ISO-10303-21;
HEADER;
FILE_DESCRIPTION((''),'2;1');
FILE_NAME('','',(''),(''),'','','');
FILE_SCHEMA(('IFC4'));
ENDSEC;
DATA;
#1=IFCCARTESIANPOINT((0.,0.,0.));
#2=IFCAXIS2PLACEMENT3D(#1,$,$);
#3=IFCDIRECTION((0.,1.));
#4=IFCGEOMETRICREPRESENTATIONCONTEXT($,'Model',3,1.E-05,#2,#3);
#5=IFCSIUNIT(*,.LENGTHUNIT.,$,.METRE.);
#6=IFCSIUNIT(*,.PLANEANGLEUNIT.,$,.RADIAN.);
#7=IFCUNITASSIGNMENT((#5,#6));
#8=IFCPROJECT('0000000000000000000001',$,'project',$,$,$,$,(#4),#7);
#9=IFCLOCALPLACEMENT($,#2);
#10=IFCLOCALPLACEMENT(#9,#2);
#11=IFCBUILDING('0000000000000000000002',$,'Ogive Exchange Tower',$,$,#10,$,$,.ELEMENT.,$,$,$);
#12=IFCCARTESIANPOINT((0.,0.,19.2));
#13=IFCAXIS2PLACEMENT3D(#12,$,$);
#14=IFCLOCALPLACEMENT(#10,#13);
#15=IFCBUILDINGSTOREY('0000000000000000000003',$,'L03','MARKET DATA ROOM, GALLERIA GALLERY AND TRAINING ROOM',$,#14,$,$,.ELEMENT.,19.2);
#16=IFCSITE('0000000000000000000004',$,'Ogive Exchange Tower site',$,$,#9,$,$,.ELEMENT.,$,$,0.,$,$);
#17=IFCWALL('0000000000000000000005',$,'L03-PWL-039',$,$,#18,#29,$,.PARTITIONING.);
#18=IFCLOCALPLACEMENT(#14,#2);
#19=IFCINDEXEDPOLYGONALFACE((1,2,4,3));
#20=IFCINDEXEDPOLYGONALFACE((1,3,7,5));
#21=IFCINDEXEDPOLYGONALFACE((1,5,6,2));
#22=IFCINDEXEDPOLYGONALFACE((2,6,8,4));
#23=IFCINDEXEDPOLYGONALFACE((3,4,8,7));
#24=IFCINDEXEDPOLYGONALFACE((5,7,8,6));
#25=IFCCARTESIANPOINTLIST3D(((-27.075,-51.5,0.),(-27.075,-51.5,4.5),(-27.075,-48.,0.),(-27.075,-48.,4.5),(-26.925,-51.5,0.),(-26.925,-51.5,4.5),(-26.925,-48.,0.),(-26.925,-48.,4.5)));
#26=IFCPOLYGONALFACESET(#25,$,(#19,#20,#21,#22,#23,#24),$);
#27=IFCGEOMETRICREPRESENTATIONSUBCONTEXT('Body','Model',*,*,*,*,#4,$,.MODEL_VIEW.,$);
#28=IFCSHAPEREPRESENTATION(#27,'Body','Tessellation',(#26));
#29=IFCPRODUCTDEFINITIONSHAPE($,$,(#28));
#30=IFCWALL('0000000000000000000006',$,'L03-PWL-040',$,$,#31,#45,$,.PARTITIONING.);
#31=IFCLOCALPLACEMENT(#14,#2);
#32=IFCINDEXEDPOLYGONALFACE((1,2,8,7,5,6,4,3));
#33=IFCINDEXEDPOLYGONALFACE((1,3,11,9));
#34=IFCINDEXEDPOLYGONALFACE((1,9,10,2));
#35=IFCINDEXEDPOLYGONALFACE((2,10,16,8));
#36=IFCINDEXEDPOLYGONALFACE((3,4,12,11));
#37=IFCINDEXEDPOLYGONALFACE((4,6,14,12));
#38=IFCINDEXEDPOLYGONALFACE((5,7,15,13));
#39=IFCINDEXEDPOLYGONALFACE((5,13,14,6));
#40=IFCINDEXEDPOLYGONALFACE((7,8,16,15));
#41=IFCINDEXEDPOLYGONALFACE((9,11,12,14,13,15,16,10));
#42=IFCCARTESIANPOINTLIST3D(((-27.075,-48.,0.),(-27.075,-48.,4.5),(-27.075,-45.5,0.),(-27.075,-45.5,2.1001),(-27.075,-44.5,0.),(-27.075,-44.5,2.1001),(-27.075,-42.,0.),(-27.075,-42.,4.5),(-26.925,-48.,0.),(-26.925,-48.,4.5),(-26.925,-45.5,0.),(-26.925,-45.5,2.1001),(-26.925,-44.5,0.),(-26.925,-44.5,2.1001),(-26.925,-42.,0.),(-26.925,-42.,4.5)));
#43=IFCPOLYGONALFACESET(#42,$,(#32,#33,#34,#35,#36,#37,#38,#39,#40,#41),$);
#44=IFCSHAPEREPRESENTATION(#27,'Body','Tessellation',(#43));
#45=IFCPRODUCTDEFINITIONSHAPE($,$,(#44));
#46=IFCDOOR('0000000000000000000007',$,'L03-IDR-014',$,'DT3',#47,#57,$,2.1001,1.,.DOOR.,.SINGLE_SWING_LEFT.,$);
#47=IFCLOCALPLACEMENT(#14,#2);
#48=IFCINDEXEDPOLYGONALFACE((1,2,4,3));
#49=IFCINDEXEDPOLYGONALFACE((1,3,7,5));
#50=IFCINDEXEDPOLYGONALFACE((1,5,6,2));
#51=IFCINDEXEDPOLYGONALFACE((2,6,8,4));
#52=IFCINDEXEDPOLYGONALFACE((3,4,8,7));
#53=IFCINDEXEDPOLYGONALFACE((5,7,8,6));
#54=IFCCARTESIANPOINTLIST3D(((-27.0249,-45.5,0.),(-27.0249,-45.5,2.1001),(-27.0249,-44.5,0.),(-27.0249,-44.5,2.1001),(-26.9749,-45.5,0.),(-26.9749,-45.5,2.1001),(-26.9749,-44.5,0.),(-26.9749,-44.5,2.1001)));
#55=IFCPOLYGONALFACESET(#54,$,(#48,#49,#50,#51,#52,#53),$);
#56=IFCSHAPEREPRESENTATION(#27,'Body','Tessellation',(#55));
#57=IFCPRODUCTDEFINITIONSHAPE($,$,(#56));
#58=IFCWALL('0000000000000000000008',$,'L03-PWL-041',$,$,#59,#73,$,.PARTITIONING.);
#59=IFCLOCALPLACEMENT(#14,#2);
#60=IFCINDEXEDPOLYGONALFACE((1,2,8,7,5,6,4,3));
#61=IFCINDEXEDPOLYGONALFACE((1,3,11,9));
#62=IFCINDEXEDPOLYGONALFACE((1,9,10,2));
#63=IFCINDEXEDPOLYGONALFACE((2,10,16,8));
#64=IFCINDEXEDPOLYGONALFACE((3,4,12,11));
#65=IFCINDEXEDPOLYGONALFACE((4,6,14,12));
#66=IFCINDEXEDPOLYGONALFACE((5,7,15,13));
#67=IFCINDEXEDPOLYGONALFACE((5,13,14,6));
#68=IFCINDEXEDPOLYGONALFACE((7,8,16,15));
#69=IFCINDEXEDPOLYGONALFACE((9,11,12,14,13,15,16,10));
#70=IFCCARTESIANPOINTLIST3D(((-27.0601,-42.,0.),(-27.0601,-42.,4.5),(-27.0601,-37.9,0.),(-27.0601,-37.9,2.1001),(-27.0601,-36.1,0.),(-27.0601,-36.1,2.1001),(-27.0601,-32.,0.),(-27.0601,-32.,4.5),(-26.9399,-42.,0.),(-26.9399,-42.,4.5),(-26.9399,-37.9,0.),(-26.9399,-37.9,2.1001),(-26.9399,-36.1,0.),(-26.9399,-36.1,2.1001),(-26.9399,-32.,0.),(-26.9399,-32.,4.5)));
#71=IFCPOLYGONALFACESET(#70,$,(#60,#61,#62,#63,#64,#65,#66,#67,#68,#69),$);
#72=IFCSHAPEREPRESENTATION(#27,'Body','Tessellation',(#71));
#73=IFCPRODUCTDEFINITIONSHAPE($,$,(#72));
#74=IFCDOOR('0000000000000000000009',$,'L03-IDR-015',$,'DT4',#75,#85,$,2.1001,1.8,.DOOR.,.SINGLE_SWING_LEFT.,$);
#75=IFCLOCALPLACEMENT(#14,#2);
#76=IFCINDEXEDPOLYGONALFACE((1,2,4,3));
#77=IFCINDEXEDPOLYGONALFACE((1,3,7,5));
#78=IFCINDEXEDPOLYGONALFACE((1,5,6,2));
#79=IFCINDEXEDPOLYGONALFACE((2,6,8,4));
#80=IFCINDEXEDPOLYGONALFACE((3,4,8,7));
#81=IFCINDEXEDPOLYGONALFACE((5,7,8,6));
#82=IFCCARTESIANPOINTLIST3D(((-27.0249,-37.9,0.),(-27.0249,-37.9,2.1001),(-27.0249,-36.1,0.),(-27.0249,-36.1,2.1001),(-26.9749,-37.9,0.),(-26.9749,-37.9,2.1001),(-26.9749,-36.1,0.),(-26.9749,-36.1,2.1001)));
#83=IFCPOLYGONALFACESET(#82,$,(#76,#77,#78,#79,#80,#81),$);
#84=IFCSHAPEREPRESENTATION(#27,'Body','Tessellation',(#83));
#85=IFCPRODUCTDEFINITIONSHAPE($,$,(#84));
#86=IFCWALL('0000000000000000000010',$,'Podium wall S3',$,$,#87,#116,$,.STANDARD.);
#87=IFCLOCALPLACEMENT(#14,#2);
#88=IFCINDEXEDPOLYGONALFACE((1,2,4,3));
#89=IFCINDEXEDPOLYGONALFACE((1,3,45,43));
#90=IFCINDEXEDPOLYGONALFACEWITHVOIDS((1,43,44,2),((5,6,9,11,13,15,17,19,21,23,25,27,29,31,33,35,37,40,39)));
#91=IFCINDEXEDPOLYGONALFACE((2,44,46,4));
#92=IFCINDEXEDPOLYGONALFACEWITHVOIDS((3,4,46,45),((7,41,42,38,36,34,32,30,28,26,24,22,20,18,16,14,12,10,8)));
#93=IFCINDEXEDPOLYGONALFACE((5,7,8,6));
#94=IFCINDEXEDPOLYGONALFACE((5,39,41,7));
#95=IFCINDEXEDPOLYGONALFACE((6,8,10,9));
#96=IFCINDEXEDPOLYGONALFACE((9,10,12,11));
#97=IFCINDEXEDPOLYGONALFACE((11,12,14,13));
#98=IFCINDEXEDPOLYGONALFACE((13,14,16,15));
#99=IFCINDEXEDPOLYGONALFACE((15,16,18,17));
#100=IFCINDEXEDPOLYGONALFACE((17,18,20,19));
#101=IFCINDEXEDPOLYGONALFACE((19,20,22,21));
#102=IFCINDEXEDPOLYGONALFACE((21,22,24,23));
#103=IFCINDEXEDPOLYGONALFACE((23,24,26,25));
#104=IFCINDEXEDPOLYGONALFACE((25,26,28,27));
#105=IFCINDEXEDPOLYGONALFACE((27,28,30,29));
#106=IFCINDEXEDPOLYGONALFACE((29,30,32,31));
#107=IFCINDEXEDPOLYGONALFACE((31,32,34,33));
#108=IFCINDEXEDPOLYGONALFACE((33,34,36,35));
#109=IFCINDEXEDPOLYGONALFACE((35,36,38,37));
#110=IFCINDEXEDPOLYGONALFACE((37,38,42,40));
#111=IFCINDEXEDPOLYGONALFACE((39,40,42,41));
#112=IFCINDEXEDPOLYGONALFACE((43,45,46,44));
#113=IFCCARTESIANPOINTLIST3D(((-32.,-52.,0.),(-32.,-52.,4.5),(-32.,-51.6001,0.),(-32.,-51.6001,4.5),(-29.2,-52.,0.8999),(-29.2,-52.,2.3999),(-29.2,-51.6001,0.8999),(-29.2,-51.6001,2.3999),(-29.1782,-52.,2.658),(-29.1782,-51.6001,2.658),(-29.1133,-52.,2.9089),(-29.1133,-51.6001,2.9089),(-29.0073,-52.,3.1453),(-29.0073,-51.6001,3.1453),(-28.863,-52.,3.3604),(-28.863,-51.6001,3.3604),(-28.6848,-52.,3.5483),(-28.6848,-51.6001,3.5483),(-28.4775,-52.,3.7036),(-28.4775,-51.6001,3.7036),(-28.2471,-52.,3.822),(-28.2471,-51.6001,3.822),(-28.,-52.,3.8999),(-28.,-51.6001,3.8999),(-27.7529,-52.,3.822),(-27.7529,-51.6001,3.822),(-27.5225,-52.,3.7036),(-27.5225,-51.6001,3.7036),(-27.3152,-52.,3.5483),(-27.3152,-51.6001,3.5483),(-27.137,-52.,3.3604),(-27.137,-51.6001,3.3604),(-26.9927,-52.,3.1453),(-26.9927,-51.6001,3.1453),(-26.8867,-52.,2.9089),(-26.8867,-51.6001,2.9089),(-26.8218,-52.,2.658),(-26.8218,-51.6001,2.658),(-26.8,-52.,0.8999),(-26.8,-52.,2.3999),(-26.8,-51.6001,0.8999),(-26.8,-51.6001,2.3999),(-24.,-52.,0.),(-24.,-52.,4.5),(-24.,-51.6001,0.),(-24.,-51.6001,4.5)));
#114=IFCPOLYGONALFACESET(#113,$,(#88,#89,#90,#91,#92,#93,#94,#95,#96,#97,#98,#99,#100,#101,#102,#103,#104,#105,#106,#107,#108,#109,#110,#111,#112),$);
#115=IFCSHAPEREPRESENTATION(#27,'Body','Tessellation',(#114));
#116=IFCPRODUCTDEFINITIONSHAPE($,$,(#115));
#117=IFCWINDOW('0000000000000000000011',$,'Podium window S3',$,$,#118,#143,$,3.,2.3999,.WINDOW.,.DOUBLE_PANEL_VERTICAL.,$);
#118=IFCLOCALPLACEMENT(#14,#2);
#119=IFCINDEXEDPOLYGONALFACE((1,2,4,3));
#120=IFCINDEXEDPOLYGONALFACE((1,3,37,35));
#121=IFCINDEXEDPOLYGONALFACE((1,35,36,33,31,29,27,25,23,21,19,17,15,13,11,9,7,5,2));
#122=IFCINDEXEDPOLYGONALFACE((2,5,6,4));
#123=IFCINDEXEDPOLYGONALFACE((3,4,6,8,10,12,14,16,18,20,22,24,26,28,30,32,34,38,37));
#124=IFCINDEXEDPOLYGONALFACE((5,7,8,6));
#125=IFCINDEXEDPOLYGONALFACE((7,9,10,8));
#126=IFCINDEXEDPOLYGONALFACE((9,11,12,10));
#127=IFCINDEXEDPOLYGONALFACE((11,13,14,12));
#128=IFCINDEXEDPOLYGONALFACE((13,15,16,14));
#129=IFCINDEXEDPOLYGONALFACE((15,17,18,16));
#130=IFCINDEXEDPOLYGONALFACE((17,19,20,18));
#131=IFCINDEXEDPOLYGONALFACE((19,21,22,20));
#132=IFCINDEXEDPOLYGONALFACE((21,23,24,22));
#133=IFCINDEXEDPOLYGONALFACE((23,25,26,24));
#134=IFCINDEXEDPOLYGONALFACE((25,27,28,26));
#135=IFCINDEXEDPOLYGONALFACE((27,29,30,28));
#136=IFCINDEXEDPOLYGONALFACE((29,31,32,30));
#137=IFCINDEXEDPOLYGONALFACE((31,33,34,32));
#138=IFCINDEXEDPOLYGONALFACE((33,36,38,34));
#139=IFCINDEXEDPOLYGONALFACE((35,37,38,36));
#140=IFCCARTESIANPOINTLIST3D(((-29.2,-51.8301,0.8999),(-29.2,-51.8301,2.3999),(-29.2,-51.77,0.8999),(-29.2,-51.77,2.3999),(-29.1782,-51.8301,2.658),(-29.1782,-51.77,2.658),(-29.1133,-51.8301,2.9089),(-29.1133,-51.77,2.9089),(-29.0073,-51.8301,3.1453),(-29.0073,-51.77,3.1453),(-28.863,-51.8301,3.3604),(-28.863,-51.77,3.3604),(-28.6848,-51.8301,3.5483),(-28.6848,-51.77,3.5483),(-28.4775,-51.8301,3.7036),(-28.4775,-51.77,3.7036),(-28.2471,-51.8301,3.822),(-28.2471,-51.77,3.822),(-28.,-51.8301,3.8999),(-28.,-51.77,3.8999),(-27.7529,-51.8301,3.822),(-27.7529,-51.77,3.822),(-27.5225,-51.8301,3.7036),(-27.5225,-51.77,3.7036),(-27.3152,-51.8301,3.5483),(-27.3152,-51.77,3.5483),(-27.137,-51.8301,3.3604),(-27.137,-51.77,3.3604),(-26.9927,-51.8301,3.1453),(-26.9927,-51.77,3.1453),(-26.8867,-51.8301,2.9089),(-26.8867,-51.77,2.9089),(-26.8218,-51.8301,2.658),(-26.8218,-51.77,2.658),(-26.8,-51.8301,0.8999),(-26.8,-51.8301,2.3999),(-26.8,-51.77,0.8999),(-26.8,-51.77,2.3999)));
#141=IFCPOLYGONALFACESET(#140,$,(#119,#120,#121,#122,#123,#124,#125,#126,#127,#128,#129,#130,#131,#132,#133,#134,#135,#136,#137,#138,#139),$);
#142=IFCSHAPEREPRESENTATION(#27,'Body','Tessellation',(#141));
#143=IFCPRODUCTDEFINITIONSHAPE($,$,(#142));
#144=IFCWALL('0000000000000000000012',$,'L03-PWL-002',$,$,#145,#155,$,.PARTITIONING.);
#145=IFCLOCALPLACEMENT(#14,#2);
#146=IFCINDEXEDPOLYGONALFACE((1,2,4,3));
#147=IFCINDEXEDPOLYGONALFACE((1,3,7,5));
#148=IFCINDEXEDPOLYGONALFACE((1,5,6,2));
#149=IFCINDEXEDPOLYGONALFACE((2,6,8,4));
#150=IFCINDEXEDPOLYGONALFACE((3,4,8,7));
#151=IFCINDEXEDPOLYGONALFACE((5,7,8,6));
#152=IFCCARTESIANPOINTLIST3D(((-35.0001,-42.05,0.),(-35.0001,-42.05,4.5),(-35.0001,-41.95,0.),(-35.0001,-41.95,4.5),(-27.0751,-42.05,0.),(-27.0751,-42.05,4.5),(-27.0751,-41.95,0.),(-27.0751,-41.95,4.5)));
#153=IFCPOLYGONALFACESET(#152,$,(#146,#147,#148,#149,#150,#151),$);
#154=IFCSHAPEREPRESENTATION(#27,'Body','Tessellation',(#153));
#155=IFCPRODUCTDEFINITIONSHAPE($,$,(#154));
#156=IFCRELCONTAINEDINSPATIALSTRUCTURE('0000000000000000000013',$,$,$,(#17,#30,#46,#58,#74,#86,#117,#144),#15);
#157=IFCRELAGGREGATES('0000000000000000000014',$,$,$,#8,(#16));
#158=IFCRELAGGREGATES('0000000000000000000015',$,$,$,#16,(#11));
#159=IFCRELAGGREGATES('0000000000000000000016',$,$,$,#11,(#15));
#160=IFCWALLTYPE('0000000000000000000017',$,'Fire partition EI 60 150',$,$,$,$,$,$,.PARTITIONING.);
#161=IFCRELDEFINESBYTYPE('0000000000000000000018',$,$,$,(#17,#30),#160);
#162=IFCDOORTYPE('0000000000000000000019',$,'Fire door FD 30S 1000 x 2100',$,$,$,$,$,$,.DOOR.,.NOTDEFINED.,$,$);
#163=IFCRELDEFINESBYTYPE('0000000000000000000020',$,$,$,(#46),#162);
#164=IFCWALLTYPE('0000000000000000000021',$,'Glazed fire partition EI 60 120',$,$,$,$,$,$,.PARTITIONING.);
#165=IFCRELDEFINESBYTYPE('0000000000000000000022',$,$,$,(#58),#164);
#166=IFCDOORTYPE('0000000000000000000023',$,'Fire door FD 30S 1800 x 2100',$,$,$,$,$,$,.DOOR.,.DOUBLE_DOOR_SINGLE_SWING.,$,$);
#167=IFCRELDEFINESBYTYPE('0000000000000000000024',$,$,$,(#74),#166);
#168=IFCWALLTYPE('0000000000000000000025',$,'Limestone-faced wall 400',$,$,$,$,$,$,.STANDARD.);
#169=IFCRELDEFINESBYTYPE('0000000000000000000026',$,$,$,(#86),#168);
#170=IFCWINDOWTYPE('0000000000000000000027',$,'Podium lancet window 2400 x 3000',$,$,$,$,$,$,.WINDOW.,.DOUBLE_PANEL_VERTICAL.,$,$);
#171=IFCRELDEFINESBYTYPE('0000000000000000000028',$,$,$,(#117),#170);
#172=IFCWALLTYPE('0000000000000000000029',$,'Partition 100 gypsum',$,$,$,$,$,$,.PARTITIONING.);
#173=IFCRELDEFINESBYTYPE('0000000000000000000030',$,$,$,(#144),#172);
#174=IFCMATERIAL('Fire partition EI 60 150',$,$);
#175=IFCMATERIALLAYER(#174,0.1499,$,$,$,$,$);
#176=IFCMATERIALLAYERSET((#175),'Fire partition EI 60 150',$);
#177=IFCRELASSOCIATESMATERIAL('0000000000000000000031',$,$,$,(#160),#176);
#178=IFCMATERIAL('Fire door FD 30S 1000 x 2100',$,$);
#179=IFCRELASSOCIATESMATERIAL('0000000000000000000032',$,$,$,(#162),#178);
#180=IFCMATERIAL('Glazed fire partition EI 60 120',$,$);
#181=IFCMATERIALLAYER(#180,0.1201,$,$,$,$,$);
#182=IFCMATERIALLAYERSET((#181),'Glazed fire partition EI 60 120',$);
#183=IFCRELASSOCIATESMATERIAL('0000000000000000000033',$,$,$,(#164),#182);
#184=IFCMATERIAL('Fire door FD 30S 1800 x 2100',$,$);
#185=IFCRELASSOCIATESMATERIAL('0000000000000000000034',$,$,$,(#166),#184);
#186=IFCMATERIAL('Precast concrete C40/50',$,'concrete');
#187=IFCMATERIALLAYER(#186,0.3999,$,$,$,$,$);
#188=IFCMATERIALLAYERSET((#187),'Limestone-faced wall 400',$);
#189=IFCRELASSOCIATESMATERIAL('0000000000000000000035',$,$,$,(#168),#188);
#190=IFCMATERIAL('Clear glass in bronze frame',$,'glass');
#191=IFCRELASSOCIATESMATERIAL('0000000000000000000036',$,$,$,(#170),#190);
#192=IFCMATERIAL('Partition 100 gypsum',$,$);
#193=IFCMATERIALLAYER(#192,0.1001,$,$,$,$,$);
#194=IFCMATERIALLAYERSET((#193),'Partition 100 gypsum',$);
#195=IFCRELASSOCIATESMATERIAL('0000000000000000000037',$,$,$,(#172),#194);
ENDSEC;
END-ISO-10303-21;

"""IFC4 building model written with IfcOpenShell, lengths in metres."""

from ifc_helpers import new_model, si_unit, direction, frame, frame_2d, origin, place, context, subcontext, project, spatial, polyline, rectangle, outline, extrude, material, layer, layer_set, type_object, element, fill, save


model = new_model("IFC4")

# Units and contexts
model_context = context("Model", 3, precision=1e-05, world=origin(), true_north=direction((0.0, 1.0)))
body_context = subcontext(model_context, "Body", "Model", "MODEL_VIEW")
ifc_project = project(units=[si_unit("LENGTHUNIT", "METRE"), si_unit("PLANEANGLEUNIT", "RADIAN")], contexts=[model_context])

# Site, building, storey
site_placement = place(None, origin())
site = spatial("IfcSite", under=ifc_project, at=site_placement, Name="Ogive Exchange Tower site", CompositionType="ELEMENT", RefElevation=0.0)
building_placement = place(site_placement, origin())
building = spatial("IfcBuilding", under=site, at=building_placement, Name="Ogive Exchange Tower", CompositionType="ELEMENT")
storey_placement = place(building_placement, frame((0.0, 0.0, 19.2)))
storey = spatial("IfcBuildingStorey", under=building, at=storey_placement, Name="L03", Description="MARKET DATA ROOM, GALLERIA GALLERY AND TRAINING ROOM", CompositionType="ELEMENT", Elevation=19.2)

# Wall
ifc_material_1 = material(Name="Fire partition EI 60 150")
ifc_layer_1 = layer(ifc_material_1, 0.1499)
ifc_layer_set_1 = layer_set([ifc_layer_1], Name="Fire partition EI 60 150")
wall_type_1 = type_object("IfcWallType", Name="Fire partition EI 60 150", PredefinedType="PARTITIONING", material=ifc_layer_set_1)
wall_1_placement = place(storey_placement, frame((-27.0, -51.5, 0.0), z_axis=(0.0, 0.0, 1.0), x_axis=(0.0, 1.0, 0.0)))
element("IfcWall", 1, at=wall_1_placement, inside=storey, type_object=wall_type_1, Name="L03-PWL-039", PredefinedType="PARTITIONING", context=body_context, shape_type="SweptSolid", body=[
    extrude(rectangle(XDim=3.5, YDim=0.1499, at=frame_2d((1.75, 0.0))), origin(), (0.0, 0.0, 1.0), 4.5),
])

# Walls, openings, doors
wall_2_placement = place(storey_placement, frame((-27.0, -48.0, 0.0), z_axis=(0.0, 0.0, 1.0), x_axis=(0.0, 1.0, 0.0)))
wall_2 = element("IfcWall", 2, at=wall_2_placement, inside=storey, type_object=wall_type_1, Name="L03-PWL-040", PredefinedType="PARTITIONING", context=body_context, shape_type="SweptSolid", body=[
    extrude(rectangle(XDim=6.0, YDim=0.1499, at=frame_2d((3.0, 0.0))), origin(), (0.0, 0.0, 1.0), 4.5),
])
opening_1_placement = place(wall_2_placement, frame((2.5, 0.0, 0.0)))
opening_1 = element("IfcOpeningElement", 3, at=opening_1_placement, cuts=wall_2, PredefinedType="OPENING", context=body_context, shape_type="SweptSolid", body=[
    extrude(rectangle(XDim=1.0, YDim=2.1001, at=frame_2d((0.5, 1.05))), frame((0.0, 0.085, 0.0), z_axis=(0.0, -1.0, 0.0), x_axis=(1.0, 0.0, 0.0)), (0.0, 0.0, 1.0), 0.1699),
])
ifc_material_2 = material(Name="Fire door FD 30S 1000 x 2100")
door_type_1 = type_object("IfcDoorType", Name="Fire door FD 30S 1000 x 2100", OperationType="NOTDEFINED", PredefinedType="DOOR", material=ifc_material_2)
door_1_placement = place(opening_1_placement, origin())
door_1 = element("IfcDoor", 4, at=door_1_placement, inside=storey, type_object=door_type_1, Name="L03-IDR-014", ObjectType="DT3", OperationType="SINGLE_SWING_LEFT", OverallHeight=2.1001, OverallWidth=1.0, PredefinedType="DOOR", context=body_context, shape_type="SweptSolid", body=[
    extrude(rectangle(XDim=1.0, YDim=2.1001, at=frame_2d((0.5, 1.05))), frame((0.0, 0.0249, 0.0), z_axis=(0.0, -1.0, 0.0), x_axis=(1.0, 0.0, 0.0)), (0.0, 0.0, 1.0), 0.05),
])
fill(opening_1, door_1)
ifc_material_3 = material(Name="Glazed fire partition EI 60 120")
ifc_layer_2 = layer(ifc_material_3, 0.1201)
ifc_layer_set_2 = layer_set([ifc_layer_2], Name="Glazed fire partition EI 60 120")
wall_type_2 = type_object("IfcWallType", Name="Glazed fire partition EI 60 120", PredefinedType="PARTITIONING", material=ifc_layer_set_2)
wall_3_placement = place(storey_placement, frame((-27.0, -42.0, 0.0), z_axis=(0.0, 0.0, 1.0), x_axis=(0.0, 1.0, 0.0)))
wall_3 = element("IfcWall", 5, at=wall_3_placement, inside=storey, type_object=wall_type_2, Name="L03-PWL-041", PredefinedType="PARTITIONING", context=body_context, shape_type="SweptSolid", body=[
    extrude(rectangle(XDim=10.0, YDim=0.1201, at=frame_2d((5.0, 0.0))), origin(), (0.0, 0.0, 1.0), 4.5),
])
opening_2_placement = place(wall_3_placement, frame((4.1001, 0.0, 0.0)))
opening_2 = element("IfcOpeningElement", 6, at=opening_2_placement, cuts=wall_3, PredefinedType="OPENING", context=body_context, shape_type="SweptSolid", body=[
    extrude(rectangle(XDim=1.8, YDim=2.1001, at=frame_2d((0.8999, 1.05))), frame((0.0, 0.0701, 0.0), z_axis=(0.0, -1.0, 0.0), x_axis=(1.0, 0.0, 0.0)), (0.0, 0.0, 1.0), 0.1401),
])
ifc_material_4 = material(Name="Fire door FD 30S 1800 x 2100")
door_type_2 = type_object("IfcDoorType", Name="Fire door FD 30S 1800 x 2100", OperationType="DOUBLE_DOOR_SINGLE_SWING", PredefinedType="DOOR", material=ifc_material_4)
door_2_placement = place(opening_2_placement, origin())
door_2 = element("IfcDoor", 7, at=door_2_placement, inside=storey, type_object=door_type_2, Name="L03-IDR-015", ObjectType="DT4", OperationType="SINGLE_SWING_LEFT", OverallHeight=2.1001, OverallWidth=1.8, PredefinedType="DOOR", context=body_context, shape_type="SweptSolid", body=[
    extrude(rectangle(XDim=1.8, YDim=2.1001, at=frame_2d((0.8999, 1.05))), frame((0.0, 0.0249, 0.0), z_axis=(0.0, -1.0, 0.0), x_axis=(1.0, 0.0, 0.0)), (0.0, 0.0, 1.0), 0.05),
])
fill(opening_2, door_2)

# Wall, opening, window
ifc_material_5 = material(Name="Precast concrete C40/50", Category="concrete")
ifc_layer_3 = layer(ifc_material_5, 0.3999)
ifc_layer_set_3 = layer_set([ifc_layer_3], Name="Limestone-faced wall 400")
wall_type_3 = type_object("IfcWallType", Name="Limestone-faced wall 400", PredefinedType="STANDARD", material=ifc_layer_set_3)
wall_4_placement = place(storey_placement, frame((-32.0, -51.8, 0.0), z_axis=(0.0, 0.0, 1.0), x_axis=(1.0, 0.0, 0.0)))
wall_4 = element("IfcWall", 8, at=wall_4_placement, inside=storey, type_object=wall_type_3, Name="Podium wall S3", PredefinedType="STANDARD", context=body_context, shape_type="SweptSolid", body=[
    extrude(rectangle(XDim=8.0, YDim=0.3999, at=frame_2d((4.0, 0.0))), origin(), (0.0, 0.0, 1.0), 4.5),
])
opening_3_placement = place(wall_4_placement, frame((2.8, 0.0, 0.8999)))
opening_3 = element("IfcOpeningElement", 9, at=opening_3_placement, cuts=wall_4, PredefinedType="OPENING", context=body_context, shape_type="SweptSolid", body=[
    extrude(outline(polyline([(0.0, 0.0), (2.3999, 0.0), (2.3999, 1.5), (2.3782, 1.7581), (2.3132, 2.009), (2.2073, 2.2454), (2.063, 2.4604), (1.8848, 2.6484), (1.6775, 2.8037), (1.447, 2.9221), (1.2, 3.0), (0.9529, 2.9221), (0.7224, 2.8037), (0.5151, 2.6484), (0.3369, 2.4604), (0.1926, 2.2454), (0.0867, 2.009), (0.0217, 1.7581), (0.0, 1.5), (0.0, 0.0)])), frame((0.0, 0.21, 0.0), z_axis=(0.0, -1.0, 0.0), x_axis=(1.0, 0.0, 0.0)), (0.0, 0.0, 1.0), 0.4199),
])
ifc_material_6 = material(Name="Clear glass in bronze frame", Category="glass")
window_type = type_object("IfcWindowType", Name="Podium lancet window 2400 x 3000", PartitioningType="DOUBLE_PANEL_VERTICAL", PredefinedType="WINDOW", material=ifc_material_6)
window_placement = place(opening_3_placement, origin())
window = element("IfcWindow", 10, at=window_placement, inside=storey, type_object=window_type, Name="Podium window S3", OverallHeight=3.0, OverallWidth=2.3999, PartitioningType="DOUBLE_PANEL_VERTICAL", PredefinedType="WINDOW", context=body_context, shape_type="SweptSolid", body=[
    extrude(outline(polyline([(0.0, 0.0), (2.3999, 0.0), (2.3999, 1.5), (2.3782, 1.7581), (2.3132, 2.009), (2.2073, 2.2454), (2.063, 2.4604), (1.8848, 2.6484), (1.6775, 2.8037), (1.447, 2.9221), (1.2, 3.0), (0.9529, 2.9221), (0.7224, 2.8037), (0.5151, 2.6484), (0.3369, 2.4604), (0.1926, 2.2454), (0.0867, 2.009), (0.0217, 1.7581), (0.0, 1.5), (0.0, 0.0)])), frame((0.0, 0.03, 0.0), z_axis=(0.0, -1.0, 0.0), x_axis=(1.0, 0.0, 0.0)), (0.0, 0.0, 1.0), 0.0601),
])
fill(opening_3, window)

# Wall
ifc_material_7 = material(Name="Partition 100 gypsum")
ifc_layer_4 = layer(ifc_material_7, 0.1001)
ifc_layer_set_4 = layer_set([ifc_layer_4], Name="Partition 100 gypsum")
wall_type_4 = type_object("IfcWallType", Name="Partition 100 gypsum", PredefinedType="PARTITIONING", material=ifc_layer_set_4)
wall_5_placement = place(storey_placement, frame((-35.0, -42.0, 0.0), z_axis=(0.0, 0.0, 1.0), x_axis=(1.0, 0.0, 0.0)))
element("IfcWall", 11, at=wall_5_placement, inside=storey, type_object=wall_type_4, Name="L03-PWL-002", PredefinedType="PARTITIONING", context=body_context, shape_type="SweptSolid", body=[
    extrude(rectangle(XDim=7.925, YDim=0.1001, at=frame_2d((3.9624, 0.0))), origin(), (0.0, 0.0, 1.0), 4.5),
])

save(model, "model.ifc")
